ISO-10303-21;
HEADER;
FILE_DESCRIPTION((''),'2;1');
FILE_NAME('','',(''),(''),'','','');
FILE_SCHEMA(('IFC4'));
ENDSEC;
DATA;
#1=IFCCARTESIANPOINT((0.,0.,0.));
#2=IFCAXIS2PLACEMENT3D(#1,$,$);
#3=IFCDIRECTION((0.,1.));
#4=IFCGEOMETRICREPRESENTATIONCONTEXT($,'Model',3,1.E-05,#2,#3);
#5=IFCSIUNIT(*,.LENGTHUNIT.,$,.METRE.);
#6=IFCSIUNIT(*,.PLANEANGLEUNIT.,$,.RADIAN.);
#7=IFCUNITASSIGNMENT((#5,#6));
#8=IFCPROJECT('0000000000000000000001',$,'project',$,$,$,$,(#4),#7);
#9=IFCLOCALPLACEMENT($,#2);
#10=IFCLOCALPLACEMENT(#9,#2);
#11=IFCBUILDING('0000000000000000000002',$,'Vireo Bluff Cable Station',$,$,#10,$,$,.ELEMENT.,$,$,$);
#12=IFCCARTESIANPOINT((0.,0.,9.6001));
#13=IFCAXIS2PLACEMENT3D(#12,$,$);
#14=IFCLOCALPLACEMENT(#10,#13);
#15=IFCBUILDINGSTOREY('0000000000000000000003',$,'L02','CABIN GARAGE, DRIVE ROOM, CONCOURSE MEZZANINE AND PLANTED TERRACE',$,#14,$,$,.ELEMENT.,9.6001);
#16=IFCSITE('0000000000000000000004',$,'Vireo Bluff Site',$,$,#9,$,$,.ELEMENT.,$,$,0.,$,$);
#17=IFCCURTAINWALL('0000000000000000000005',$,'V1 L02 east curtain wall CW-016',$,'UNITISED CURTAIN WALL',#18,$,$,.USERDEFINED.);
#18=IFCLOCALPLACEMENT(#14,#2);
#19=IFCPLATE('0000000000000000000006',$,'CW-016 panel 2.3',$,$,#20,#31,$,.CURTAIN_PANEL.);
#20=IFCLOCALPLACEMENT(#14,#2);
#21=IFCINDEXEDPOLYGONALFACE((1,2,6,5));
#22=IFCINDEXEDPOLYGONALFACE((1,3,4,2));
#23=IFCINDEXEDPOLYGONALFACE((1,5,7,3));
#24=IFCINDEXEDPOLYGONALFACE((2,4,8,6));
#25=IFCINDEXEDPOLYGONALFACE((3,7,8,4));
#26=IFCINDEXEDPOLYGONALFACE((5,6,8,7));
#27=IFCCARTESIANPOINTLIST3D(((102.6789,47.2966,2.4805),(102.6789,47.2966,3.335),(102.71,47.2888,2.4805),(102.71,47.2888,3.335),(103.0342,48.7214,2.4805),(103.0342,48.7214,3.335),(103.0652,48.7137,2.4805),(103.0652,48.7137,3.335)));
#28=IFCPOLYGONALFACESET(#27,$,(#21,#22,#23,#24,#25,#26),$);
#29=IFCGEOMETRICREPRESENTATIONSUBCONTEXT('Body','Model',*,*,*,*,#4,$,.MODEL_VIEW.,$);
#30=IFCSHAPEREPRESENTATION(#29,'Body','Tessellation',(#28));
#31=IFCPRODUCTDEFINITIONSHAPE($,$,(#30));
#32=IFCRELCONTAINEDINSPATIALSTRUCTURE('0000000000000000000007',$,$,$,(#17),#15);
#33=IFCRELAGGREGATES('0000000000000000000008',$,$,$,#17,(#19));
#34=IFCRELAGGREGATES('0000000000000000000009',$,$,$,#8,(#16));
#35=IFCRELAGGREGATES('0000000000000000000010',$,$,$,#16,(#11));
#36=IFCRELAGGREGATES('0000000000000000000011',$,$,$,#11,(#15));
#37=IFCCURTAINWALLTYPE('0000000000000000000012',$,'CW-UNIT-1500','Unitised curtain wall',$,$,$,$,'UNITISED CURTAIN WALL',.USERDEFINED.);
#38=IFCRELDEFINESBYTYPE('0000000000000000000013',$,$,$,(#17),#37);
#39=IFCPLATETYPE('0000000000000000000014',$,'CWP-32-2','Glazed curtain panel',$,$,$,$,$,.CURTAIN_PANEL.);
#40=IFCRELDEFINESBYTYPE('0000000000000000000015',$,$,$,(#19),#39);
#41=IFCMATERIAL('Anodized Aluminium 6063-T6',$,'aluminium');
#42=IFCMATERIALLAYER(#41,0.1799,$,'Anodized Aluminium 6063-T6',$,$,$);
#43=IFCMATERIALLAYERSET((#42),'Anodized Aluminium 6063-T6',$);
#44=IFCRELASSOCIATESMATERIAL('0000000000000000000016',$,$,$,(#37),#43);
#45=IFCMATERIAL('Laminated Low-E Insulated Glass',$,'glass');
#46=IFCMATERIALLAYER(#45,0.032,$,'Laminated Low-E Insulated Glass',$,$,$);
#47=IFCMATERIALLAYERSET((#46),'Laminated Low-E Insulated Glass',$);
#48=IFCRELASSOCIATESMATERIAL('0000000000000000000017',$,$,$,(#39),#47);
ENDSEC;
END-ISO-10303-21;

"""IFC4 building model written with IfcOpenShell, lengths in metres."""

from ifc_helpers import new_model, si_unit, direction, frame, origin, origin_2d, place, context, subcontext, project, spatial, rectangle, extrude, material, layer, layer_set, type_object, element, aggregate, save


model = new_model("IFC4")

# Units and contexts
model_context = context("Model", 3, precision=1e-05, world=origin(), true_north=direction((0.0, 1.0)))
body_context = subcontext(model_context, "Body", "Model", "MODEL_VIEW")
ifc_project = project(units=[si_unit("LENGTHUNIT", "METRE"), si_unit("PLANEANGLEUNIT", "RADIAN")], contexts=[model_context])

# Site, building, storey
site_placement = place(None, origin())
site = spatial("IfcSite", under=ifc_project, at=site_placement, Name="Vireo Bluff Site", CompositionType="ELEMENT", RefElevation=0.0)
building_placement = place(site_placement, origin())
building = spatial("IfcBuilding", under=site, at=building_placement, Name="Vireo Bluff Cable Station", CompositionType="ELEMENT")
storey_placement = place(building_placement, frame((0.0, 0.0, 9.6001)))
storey = spatial("IfcBuildingStorey", under=building, at=storey_placement, Name="L02", Description="CABIN GARAGE, DRIVE ROOM, CONCOURSE MEZZANINE AND PLANTED TERRACE", CompositionType="ELEMENT", Elevation=9.6001)

# Curtain wall
ifc_material_1 = material(Name="Anodized Aluminium 6063-T6", Category="aluminium")
ifc_layer_1 = layer(ifc_material_1, 0.1799, Name="Anodized Aluminium 6063-T6")
ifc_layer_set_1 = layer_set([ifc_layer_1], Name="Anodized Aluminium 6063-T6")
curtain_wall_type_1 = type_object("IfcCurtainWallType", Name="CW-UNIT-1500", Description="Unitised curtain wall", ElementType="UNITISED CURTAIN WALL", PredefinedType="USERDEFINED", material=ifc_layer_set_1)
curtain_wall_1_placement = place(storey_placement, origin())
curtain_wall_1 = element("IfcCurtainWall", 1, at=curtain_wall_1_placement, inside=storey, type_object=curtain_wall_type_1, Name="V1 L02 east curtain wall CW-016", ObjectType="UNITISED CURTAIN WALL", PredefinedType="USERDEFINED")

# Plate
ifc_material_2 = material(Name="Laminated Low-E Insulated Glass", Category="glass")
ifc_layer_2 = layer(ifc_material_2, 0.032, Name="Laminated Low-E Insulated Glass")
ifc_layer_set_2 = layer_set([ifc_layer_2], Name="Laminated Low-E Insulated Glass")
plate_type_1 = type_object("IfcPlateType", Name="CWP-32-2", Description="Glazed curtain panel", PredefinedType="CURTAIN_PANEL", material=ifc_layer_set_2)
plate_1_placement = place(storey_placement, frame((102.8721, 48.0051, 2.4805), z_axis=(0.0, 0.0, 1.0), x_axis=(-0.241922, -0.970296, 0.0)))
plate_1 = element("IfcPlate", 2, at=plate_1_placement, type_object=plate_type_1, Name="CW-016 panel 2.3", PredefinedType="CURTAIN_PANEL", context=body_context, shape_type="SweptSolid", body=[
    extrude(rectangle(XDim=1.4685, YDim=0.032, at=origin_2d()), origin(), (0.0, 0.0, 1.0), 0.8545),
])
aggregate(curtain_wall_1, [plate_1])

save(model, "model.ifc")
